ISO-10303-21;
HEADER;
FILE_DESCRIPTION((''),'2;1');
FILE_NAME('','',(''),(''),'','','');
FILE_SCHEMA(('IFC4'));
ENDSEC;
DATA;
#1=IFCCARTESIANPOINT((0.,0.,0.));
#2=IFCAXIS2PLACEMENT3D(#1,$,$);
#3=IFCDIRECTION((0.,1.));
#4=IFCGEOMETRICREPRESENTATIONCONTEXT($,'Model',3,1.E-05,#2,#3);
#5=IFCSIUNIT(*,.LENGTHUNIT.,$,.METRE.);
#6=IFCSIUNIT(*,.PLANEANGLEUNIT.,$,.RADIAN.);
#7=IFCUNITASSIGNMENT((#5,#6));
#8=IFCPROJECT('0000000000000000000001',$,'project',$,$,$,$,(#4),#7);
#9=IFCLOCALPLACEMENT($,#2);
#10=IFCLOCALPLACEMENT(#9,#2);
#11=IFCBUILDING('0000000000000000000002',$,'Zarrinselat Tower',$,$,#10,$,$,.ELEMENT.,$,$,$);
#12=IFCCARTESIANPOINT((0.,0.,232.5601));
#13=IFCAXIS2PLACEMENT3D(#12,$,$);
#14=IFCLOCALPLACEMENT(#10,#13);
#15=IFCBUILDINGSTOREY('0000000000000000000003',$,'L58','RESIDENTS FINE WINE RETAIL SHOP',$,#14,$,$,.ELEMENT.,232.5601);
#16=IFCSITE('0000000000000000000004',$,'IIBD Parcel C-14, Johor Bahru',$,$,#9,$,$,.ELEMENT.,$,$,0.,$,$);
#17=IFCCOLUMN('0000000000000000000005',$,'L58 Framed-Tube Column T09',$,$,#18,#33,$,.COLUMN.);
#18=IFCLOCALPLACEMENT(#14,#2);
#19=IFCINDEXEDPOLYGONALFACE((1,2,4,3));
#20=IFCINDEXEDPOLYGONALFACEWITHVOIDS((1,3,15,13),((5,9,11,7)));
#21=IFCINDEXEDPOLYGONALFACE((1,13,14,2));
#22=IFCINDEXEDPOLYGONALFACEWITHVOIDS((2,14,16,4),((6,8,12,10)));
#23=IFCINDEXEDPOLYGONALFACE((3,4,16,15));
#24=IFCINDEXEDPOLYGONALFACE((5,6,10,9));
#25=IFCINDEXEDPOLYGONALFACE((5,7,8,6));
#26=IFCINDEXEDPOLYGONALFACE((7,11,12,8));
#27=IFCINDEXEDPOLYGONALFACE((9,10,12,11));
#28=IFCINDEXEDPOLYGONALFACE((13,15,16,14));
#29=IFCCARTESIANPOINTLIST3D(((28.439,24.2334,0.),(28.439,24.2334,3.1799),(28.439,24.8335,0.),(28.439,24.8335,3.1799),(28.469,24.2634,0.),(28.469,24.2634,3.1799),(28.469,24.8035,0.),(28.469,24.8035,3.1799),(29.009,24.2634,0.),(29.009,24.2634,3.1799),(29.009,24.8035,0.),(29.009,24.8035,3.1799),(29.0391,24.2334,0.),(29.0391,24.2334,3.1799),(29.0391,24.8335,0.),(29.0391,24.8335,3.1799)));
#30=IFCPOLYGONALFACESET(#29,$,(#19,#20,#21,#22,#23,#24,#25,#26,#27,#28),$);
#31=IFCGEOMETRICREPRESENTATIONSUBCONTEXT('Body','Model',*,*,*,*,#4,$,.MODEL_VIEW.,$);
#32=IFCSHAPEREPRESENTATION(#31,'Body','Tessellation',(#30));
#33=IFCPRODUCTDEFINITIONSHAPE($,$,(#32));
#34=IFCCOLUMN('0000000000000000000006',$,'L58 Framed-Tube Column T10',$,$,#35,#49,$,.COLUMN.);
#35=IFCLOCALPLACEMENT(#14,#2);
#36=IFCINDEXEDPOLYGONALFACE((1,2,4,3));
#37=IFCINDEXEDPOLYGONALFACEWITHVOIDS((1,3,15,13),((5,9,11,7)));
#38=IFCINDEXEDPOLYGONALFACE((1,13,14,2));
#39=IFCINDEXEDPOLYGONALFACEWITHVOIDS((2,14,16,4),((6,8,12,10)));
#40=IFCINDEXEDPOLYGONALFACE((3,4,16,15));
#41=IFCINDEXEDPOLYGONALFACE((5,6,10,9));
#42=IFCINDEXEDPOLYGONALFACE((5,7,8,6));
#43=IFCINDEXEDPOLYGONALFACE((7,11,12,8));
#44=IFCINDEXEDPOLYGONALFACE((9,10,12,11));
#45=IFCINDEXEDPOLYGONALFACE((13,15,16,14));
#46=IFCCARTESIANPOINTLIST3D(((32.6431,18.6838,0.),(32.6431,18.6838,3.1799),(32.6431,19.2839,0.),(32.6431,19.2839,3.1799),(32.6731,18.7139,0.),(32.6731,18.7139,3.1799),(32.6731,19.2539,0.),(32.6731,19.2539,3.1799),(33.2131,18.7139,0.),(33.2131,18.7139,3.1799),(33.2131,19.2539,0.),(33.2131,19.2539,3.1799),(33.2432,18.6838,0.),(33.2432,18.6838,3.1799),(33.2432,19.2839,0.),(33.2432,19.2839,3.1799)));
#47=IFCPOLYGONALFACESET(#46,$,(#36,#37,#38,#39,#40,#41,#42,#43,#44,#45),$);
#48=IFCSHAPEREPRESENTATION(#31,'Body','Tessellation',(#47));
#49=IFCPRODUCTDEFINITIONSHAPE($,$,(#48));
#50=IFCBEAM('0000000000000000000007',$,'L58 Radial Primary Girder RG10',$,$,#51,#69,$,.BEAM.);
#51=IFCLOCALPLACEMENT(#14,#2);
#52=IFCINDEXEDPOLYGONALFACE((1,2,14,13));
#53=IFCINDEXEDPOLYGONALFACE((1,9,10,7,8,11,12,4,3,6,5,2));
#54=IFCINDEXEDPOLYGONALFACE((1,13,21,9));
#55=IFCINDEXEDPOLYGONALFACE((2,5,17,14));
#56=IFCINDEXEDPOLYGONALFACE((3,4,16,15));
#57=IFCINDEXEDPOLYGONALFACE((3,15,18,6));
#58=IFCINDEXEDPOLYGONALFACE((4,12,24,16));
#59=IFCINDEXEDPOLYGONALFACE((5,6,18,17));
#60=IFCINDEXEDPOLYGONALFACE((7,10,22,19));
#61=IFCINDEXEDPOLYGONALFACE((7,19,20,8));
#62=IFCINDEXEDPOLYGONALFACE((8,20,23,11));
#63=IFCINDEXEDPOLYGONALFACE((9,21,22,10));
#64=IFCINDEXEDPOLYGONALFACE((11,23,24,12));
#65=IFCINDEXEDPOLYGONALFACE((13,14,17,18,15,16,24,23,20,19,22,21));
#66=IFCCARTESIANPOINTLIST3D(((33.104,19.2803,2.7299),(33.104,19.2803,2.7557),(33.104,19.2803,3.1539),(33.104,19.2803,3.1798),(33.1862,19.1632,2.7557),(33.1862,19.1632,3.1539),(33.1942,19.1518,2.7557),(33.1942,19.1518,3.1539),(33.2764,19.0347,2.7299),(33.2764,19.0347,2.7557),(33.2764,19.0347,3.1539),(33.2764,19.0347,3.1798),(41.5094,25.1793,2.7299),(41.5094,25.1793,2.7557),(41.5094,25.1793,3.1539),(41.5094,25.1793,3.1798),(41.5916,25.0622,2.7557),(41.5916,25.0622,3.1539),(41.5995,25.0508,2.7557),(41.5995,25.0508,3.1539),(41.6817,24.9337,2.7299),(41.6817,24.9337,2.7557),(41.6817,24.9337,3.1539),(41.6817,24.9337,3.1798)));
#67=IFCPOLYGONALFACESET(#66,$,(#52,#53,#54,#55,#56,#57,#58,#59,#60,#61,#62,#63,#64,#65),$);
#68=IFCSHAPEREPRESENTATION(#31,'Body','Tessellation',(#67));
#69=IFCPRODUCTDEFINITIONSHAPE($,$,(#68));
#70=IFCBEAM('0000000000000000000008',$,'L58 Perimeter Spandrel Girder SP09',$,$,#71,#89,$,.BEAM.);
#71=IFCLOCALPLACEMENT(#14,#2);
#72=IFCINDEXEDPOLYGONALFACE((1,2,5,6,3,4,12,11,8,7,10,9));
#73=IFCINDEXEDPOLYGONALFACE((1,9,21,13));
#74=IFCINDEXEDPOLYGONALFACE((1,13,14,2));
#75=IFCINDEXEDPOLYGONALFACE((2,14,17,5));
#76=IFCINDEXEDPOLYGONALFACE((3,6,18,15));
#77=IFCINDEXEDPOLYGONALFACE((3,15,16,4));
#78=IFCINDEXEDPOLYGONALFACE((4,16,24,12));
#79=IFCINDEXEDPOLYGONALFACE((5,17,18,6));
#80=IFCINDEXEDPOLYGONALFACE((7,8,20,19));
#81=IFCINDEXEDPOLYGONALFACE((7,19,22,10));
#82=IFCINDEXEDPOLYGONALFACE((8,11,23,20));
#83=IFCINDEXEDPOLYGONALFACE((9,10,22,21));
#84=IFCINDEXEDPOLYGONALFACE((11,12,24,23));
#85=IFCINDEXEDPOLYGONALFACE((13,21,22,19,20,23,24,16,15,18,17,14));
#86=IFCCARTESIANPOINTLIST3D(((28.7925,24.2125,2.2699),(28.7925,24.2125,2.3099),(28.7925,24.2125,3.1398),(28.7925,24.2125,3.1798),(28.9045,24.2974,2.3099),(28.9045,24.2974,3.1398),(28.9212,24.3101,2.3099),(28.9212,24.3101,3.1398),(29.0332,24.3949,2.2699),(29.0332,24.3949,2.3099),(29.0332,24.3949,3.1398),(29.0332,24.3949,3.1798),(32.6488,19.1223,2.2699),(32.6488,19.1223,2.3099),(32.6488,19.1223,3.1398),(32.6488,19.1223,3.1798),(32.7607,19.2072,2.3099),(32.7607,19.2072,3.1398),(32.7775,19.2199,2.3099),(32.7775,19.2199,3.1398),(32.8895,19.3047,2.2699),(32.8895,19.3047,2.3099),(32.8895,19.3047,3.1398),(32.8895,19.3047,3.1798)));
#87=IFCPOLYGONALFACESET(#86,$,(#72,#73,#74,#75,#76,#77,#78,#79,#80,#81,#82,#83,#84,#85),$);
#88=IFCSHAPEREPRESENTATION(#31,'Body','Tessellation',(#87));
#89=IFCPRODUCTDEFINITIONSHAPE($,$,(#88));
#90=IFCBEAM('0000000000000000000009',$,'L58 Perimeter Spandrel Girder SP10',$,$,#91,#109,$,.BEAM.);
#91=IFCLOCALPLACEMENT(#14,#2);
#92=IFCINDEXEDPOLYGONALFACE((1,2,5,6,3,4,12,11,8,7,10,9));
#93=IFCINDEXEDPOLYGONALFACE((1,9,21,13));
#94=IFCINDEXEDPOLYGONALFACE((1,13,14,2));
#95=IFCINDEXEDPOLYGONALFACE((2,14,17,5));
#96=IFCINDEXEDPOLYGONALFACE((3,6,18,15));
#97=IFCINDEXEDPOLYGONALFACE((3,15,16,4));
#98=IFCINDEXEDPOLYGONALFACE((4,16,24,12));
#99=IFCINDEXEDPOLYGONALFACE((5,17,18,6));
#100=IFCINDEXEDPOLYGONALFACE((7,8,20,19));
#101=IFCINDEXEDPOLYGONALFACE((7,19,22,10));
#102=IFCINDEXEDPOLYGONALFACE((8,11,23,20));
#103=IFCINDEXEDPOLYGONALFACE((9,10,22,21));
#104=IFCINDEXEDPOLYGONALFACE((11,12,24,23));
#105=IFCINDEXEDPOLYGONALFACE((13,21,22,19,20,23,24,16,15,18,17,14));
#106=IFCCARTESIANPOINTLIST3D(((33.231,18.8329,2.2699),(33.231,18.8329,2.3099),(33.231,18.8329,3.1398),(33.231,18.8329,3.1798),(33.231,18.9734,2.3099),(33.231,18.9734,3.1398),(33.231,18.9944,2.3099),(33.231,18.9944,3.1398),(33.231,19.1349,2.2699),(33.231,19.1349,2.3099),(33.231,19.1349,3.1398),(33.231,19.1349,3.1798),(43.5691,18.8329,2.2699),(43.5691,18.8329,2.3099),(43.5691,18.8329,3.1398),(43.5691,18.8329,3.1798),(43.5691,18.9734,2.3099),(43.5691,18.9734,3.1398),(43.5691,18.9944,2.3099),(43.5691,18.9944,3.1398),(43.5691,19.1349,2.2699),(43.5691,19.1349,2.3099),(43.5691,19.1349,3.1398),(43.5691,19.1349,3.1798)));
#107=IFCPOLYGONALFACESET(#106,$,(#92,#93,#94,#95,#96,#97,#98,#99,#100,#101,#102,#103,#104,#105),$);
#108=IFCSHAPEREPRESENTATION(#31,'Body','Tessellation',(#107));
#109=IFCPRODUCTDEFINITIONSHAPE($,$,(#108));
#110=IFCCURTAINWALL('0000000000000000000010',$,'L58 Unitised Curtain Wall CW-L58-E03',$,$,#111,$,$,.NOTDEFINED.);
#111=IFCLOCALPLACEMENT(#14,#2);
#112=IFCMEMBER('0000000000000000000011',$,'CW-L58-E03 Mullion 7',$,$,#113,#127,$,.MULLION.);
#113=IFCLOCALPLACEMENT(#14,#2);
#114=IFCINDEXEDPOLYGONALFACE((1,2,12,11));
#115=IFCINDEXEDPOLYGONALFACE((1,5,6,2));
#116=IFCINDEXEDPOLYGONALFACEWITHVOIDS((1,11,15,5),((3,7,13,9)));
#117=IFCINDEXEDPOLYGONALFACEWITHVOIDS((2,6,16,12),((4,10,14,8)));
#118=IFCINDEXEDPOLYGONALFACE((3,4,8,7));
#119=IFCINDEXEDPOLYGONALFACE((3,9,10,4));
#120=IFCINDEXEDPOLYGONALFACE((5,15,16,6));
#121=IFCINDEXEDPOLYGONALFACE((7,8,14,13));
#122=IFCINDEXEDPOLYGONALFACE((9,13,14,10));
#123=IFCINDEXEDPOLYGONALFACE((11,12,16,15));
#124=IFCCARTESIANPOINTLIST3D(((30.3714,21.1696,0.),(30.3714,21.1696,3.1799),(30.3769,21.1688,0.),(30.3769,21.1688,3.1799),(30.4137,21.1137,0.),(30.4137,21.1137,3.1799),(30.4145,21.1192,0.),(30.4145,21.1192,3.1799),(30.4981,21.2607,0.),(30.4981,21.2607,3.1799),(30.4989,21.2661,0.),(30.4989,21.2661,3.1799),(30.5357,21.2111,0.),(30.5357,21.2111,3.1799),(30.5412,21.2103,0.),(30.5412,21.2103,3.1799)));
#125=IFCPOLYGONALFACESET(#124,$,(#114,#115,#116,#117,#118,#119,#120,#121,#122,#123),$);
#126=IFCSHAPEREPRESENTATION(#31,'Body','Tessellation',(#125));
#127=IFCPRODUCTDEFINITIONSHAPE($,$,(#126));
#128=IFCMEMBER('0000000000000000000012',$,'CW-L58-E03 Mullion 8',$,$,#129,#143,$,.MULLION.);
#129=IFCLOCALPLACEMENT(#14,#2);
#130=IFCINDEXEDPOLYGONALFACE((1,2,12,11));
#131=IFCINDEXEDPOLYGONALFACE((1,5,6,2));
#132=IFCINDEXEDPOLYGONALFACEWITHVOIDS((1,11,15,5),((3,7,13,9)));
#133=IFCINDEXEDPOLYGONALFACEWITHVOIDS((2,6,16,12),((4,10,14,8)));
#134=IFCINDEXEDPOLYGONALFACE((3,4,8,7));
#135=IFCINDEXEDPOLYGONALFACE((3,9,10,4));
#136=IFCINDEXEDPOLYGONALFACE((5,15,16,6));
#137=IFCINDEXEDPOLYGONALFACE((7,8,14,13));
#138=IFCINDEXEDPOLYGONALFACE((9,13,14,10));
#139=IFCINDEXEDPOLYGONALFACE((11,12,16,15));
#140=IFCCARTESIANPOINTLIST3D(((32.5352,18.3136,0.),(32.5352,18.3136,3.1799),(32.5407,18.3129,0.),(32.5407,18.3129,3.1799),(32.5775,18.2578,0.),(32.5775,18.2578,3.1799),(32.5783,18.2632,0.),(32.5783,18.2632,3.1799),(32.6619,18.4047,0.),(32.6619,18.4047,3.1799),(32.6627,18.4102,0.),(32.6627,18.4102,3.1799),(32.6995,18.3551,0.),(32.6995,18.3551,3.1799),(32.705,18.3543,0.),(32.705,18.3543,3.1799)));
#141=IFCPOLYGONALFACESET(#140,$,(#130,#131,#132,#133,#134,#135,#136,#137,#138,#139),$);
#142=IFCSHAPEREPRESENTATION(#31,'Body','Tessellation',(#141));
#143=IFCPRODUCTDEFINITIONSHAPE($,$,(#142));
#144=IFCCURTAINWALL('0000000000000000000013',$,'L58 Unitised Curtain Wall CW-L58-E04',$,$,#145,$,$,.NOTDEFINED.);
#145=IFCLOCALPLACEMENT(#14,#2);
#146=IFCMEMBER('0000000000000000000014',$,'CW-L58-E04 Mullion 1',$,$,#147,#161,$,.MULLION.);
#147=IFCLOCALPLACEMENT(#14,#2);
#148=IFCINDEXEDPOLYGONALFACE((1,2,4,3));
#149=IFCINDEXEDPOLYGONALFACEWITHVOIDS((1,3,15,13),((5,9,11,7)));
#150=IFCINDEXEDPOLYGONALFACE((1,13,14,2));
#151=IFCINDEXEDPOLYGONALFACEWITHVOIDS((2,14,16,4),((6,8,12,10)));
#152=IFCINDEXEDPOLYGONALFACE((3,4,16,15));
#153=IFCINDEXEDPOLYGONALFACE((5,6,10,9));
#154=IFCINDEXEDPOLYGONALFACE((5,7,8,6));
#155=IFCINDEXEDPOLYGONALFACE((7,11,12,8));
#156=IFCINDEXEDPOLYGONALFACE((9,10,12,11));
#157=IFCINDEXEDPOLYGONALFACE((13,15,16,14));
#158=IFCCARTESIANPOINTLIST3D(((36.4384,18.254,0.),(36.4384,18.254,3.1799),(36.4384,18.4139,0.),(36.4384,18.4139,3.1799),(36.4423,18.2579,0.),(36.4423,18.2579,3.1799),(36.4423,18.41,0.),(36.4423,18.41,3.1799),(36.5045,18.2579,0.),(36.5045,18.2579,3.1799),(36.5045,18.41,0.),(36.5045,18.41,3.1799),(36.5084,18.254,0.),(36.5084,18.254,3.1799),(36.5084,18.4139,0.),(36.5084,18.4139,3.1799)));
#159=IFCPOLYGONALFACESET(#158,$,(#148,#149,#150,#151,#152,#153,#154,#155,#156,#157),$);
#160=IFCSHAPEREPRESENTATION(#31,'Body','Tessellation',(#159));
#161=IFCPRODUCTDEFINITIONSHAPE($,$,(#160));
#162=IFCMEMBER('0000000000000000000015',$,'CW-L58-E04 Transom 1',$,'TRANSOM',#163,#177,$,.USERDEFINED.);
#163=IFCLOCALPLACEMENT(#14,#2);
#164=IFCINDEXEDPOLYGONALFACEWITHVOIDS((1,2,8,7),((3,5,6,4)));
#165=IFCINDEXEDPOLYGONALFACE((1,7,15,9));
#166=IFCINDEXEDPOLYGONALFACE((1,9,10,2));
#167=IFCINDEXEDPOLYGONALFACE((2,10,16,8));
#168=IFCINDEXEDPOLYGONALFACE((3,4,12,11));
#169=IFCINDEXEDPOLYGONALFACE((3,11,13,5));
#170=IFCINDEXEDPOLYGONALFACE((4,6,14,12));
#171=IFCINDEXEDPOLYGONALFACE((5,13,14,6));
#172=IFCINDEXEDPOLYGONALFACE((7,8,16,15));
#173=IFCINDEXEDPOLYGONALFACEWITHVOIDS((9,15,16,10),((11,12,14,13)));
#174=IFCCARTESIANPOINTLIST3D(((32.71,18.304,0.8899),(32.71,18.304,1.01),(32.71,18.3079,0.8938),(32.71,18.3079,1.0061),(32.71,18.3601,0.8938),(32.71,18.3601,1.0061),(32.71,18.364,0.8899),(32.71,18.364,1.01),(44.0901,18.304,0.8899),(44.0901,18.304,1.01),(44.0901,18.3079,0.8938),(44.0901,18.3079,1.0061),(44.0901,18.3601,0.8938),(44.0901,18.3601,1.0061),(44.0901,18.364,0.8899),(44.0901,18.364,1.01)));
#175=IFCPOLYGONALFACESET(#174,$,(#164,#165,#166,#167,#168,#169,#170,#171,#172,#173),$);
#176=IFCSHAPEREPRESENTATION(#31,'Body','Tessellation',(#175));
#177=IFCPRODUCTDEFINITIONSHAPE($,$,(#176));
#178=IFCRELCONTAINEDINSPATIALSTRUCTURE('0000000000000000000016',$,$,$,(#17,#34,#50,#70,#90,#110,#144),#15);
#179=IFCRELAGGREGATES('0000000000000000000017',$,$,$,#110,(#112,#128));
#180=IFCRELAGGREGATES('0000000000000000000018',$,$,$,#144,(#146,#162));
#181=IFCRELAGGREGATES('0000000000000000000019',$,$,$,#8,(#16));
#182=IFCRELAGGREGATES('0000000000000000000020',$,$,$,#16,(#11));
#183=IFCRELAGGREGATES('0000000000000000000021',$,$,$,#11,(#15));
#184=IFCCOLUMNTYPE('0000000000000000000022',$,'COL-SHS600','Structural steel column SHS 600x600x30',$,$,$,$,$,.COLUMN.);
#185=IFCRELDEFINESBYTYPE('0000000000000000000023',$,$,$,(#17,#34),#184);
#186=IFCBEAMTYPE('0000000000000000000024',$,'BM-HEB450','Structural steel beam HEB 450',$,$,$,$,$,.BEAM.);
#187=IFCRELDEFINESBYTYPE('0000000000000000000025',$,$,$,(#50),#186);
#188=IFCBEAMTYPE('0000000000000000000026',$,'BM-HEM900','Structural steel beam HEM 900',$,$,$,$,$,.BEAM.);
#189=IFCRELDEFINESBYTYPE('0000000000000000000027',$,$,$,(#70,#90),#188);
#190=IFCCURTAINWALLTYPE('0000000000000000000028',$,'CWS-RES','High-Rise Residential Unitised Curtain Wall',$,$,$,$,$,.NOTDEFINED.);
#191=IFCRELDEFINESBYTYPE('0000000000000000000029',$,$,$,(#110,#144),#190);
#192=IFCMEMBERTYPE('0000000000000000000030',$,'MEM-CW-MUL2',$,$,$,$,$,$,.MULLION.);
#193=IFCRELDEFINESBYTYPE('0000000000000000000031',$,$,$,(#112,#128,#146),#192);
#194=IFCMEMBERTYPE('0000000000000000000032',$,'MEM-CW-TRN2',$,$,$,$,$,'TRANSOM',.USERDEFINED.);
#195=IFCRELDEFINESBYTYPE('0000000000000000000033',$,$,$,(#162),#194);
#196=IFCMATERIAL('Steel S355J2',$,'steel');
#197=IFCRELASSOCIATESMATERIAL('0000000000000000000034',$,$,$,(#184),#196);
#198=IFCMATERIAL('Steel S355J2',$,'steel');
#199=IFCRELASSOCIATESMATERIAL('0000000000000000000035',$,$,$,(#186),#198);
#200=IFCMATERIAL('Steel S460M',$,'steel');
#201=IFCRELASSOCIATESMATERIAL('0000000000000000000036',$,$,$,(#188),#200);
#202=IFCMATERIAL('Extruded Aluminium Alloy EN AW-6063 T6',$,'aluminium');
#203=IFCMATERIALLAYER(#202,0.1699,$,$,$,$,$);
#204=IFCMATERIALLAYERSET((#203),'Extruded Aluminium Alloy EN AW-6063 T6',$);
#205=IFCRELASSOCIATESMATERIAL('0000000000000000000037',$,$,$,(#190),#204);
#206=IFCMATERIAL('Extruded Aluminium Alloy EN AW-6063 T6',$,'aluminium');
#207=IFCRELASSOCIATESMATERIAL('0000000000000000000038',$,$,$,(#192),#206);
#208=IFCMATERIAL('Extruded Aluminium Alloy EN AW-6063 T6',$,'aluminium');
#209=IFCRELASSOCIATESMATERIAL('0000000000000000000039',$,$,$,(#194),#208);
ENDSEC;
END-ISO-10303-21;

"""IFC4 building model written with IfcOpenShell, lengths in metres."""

from ifc_helpers import new_model, si_unit, direction, frame, origin, origin_2d, place, context, subcontext, project, spatial, hollow_rectangle, i_section, extrude, material, layer, layer_set, material_profile, profile_set, type_object, element, aggregate, save


model = new_model("IFC4")

# Units and contexts
model_context = context("Model", 3, precision=1e-05, world=origin(), true_north=direction((0.0, 1.0)))
body_context = subcontext(model_context, "Body", "Model", "MODEL_VIEW")
ifc_project = project(units=[si_unit("LENGTHUNIT", "METRE"), si_unit("PLANEANGLEUNIT", "RADIAN")], contexts=[model_context])

# Site, building, storey
site_placement = place(None, origin())
site = spatial("IfcSite", under=ifc_project, at=site_placement, Name="IIBD Parcel C-14, Johor Bahru", CompositionType="ELEMENT", RefElevation=0.0)
building_placement = place(site_placement, origin())
building = spatial("IfcBuilding", under=site, at=building_placement, Name="Zarrinselat Tower", CompositionType="ELEMENT")
storey_placement = place(building_placement, frame((0.0, 0.0, 232.5601)))
storey = spatial("IfcBuildingStorey", under=building, at=storey_placement, Name="L58", Description="RESIDENTS FINE WINE RETAIL SHOP", CompositionType="ELEMENT", Elevation=232.5601)

# Columns
ifc_material_1 = material(Name="Steel S355J2", Category="steel")
ifc_material_profile_1 = material_profile(ifc_material_1, hollow_rectangle(XDim=0.6001, YDim=0.6001, WallThickness=0.03, at=origin_2d()), Name="SHS 600x600x30")
ifc_profile_set_1 = profile_set([ifc_material_profile_1], Name="Steel S355J2")
column_type = type_object("IfcColumnType", Name="COL-SHS600", Description="Structural steel column SHS 600x600x30", PredefinedType="COLUMN", material=ifc_profile_set_1)
for number, where, z_axis, x_axis, name in (
    (1, (28.739, 24.5334, 0.0), (0.0, 0.0, 1.0), (1.0, 0.0, 0.0), "L58 Framed-Tube Column T09"),
    (2, (32.9431, 18.9839, 0.0), (0.0, 0.0, 1.0), (1.0, 0.0, 0.0), "L58 Framed-Tube Column T10"),
):
    element("IfcColumn", number, at=place(storey_placement, frame(where, z_axis=z_axis, x_axis=x_axis)), inside=storey, type_object=column_type, Name=name, PredefinedType="COLUMN", context=body_context, shape_type="SweptSolid", body=[
        extrude(hollow_rectangle(XDim=0.6001, YDim=0.6001, WallThickness=0.03, at=origin_2d()), origin(), (0.0, 0.0, 1.0), 3.1799),
    ])

# Beams
ifc_material_2 = material(Name="Steel S355J2", Category="steel")
ifc_material_profile_2 = material_profile(ifc_material_2, i_section(OverallWidth=0.3, OverallDepth=0.45, WebThickness=0.0139, FlangeThickness=0.0259, at=origin_2d()), Name="HEB 450")
ifc_profile_set_2 = profile_set([ifc_material_profile_2], Name="Steel S355J2")
beam_type_1 = type_object("IfcBeamType", Name="BM-HEB450", Description="Structural steel beam HEB 450", PredefinedType="BEAM", material=ifc_profile_set_2)
beam_1_placement = place(storey_placement, frame((33.1902, 19.1575, 2.9548), z_axis=(0.818534, 0.574458, 0.0), x_axis=(-0.574458, 0.818534, 0.0)))
element("IfcBeam", 3, at=beam_1_placement, inside=storey, type_object=beam_type_1, Name="L58 Radial Primary Girder RG10", PredefinedType="BEAM", context=body_context, shape_type="SweptSolid", body=[
    extrude(i_section(OverallWidth=0.3, OverallDepth=0.45, WebThickness=0.0139, FlangeThickness=0.0259, at=origin_2d()), origin(), (0.0, 0.0, 1.0), 10.2688),
])
ifc_material_3 = material(Name="Steel S460M", Category="steel")
ifc_material_profile_3 = material_profile(ifc_material_3, i_section(OverallWidth=0.302, OverallDepth=0.9099, WebThickness=0.021, FlangeThickness=0.04, at=origin_2d()), Name="HEM 900")
ifc_profile_set_3 = profile_set([ifc_material_profile_3], Name="Steel S460M")
beam_type_2 = type_object("IfcBeamType", Name="BM-HEM900", Description="Structural steel beam HEM 900", PredefinedType="BEAM", material=ifc_profile_set_3)
beam_2_placement = place(storey_placement, frame((28.9128, 24.3037, 2.7249), z_axis=(0.603865, -0.797087, 0.0), x_axis=(0.797087, 0.603865, 0.0)))
element("IfcBeam", 4, at=beam_2_placement, inside=storey, type_object=beam_type_2, Name="L58 Perimeter Spandrel Girder SP09", PredefinedType="BEAM", context=body_context, shape_type="SweptSolid", body=[
    extrude(i_section(OverallWidth=0.302, OverallDepth=0.9099, WebThickness=0.021, FlangeThickness=0.04, at=origin_2d()), origin(), (0.0, 0.0, 1.0), 6.386),
])
beam_3_placement = place(storey_placement, frame((33.231, 18.9839, 2.7249), z_axis=(1.0, 0.0, 0.0), x_axis=(0.0, 1.0, 0.0)))
element("IfcBeam", 5, at=beam_3_placement, inside=storey, type_object=beam_type_2, Name="L58 Perimeter Spandrel Girder SP10", PredefinedType="BEAM", context=body_context, shape_type="SweptSolid", body=[
    extrude(i_section(OverallWidth=0.302, OverallDepth=0.9099, WebThickness=0.021, FlangeThickness=0.04, at=origin_2d()), origin(), (0.0, 0.0, 1.0), 10.3381),
])

# Curtain walls, members
ifc_material_4 = material(Name="Extruded Aluminium Alloy EN AW-6063 T6", Category="aluminium")
ifc_layer_1 = layer(ifc_material_4, 0.1699)
ifc_layer_set_1 = layer_set([ifc_layer_1], Name="Extruded Aluminium Alloy EN AW-6063 T6")
curtain_wall_type = type_object("IfcCurtainWallType", Name="CWS-RES", Description="High-Rise Residential Unitised Curtain Wall", PredefinedType="NOTDEFINED", material=ifc_layer_set_1)
curtain_wall_1_placement = place(storey_placement, origin())
curtain_wall_1 = element("IfcCurtainWall", 6, at=curtain_wall_1_placement, inside=storey, type_object=curtain_wall_type, Name="L58 Unitised Curtain Wall CW-L58-E03", PredefinedType="NOTDEFINED")
ifc_material_5 = material(Name="Extruded Aluminium Alloy EN AW-6063 T6", Category="aluminium")
ifc_material_profile_4 = material_profile(ifc_material_5, hollow_rectangle(XDim=0.0701, YDim=0.1599, WallThickness=0.0039, at=origin_2d()), Name="RHS 160x70x4")
ifc_profile_set_4 = profile_set([ifc_material_profile_4], Name="Extruded Aluminium Alloy EN AW-6063 T6")
member_type_1 = type_object("IfcMemberType", Name="MEM-CW-MUL2", PredefinedType="MULLION", material=ifc_profile_set_4)
member_1_placement = place(storey_placement, frame((30.4563, 21.1899, 0.0), z_axis=(0.0, 0.0, 1.0), x_axis=(0.603857, -0.797092, 0.0)))
member_1 = element("IfcMember", 7, at=member_1_placement, type_object=member_type_1, Name="CW-L58-E03 Mullion 7", PredefinedType="MULLION", context=body_context, shape_type="SweptSolid", body=[
    extrude(hollow_rectangle(XDim=0.0701, YDim=0.1599, WallThickness=0.0039, at=origin_2d()), origin(), (0.0, 0.0, 1.0), 3.1799),
])
member_2_placement = place(storey_placement, frame((32.6201, 18.334, 0.0), z_axis=(0.0, 0.0, 1.0), x_axis=(0.603857, -0.797092, 0.0)))
member_2 = element("IfcMember", 8, at=member_2_placement, type_object=member_type_1, Name="CW-L58-E03 Mullion 8", PredefinedType="MULLION", context=body_context, shape_type="SweptSolid", body=[
    extrude(hollow_rectangle(XDim=0.0701, YDim=0.1599, WallThickness=0.0039, at=origin_2d()), origin(), (0.0, 0.0, 1.0), 3.1799),
])
curtain_wall_2_placement = place(storey_placement, origin())
curtain_wall_2 = element("IfcCurtainWall", 9, at=curtain_wall_2_placement, inside=storey, type_object=curtain_wall_type, Name="L58 Unitised Curtain Wall CW-L58-E04", PredefinedType="NOTDEFINED")
member_3_placement = place(storey_placement, frame((36.4734, 18.334, 0.0), z_axis=(0.0, 0.0, 1.0), x_axis=(1.0, 0.0, 0.0)))
member_3 = element("IfcMember", 10, at=member_3_placement, type_object=member_type_1, Name="CW-L58-E04 Mullion 1", PredefinedType="MULLION", context=body_context, shape_type="SweptSolid", body=[
    extrude(hollow_rectangle(XDim=0.0701, YDim=0.1599, WallThickness=0.0039, at=origin_2d()), origin(), (0.0, 0.0, 1.0), 3.1799),
])
ifc_material_6 = material(Name="Extruded Aluminium Alloy EN AW-6063 T6", Category="aluminium")
ifc_material_profile_5 = material_profile(ifc_material_6, hollow_rectangle(XDim=0.0601, YDim=0.1201, WallThickness=0.0039, at=origin_2d()), Name="RHS 120x60x4")
ifc_profile_set_5 = profile_set([ifc_material_profile_5], Name="Extruded Aluminium Alloy EN AW-6063 T6")
member_type_2 = type_object("IfcMemberType", Name="MEM-CW-TRN2", ElementType="TRANSOM", PredefinedType="USERDEFINED", material=ifc_profile_set_5)
member_4_placement = place(storey_placement, frame((32.71, 18.334, 0.95), z_axis=(1.0, 0.0, 0.0), x_axis=(0.0, 1.0, 0.0)))
member_4 = element("IfcMember", 11, at=member_4_placement, type_object=member_type_2, Name="CW-L58-E04 Transom 1", ObjectType="TRANSOM", PredefinedType="USERDEFINED", context=body_context, shape_type="SweptSolid", body=[
    extrude(hollow_rectangle(XDim=0.0601, YDim=0.1201, WallThickness=0.0039, at=origin_2d()), origin(), (0.0, 0.0, 1.0), 11.3801),
])

aggregate(curtain_wall_1, [member_1, member_2])
aggregate(curtain_wall_2, [member_3, member_4])

save(model, "model.ifc")
